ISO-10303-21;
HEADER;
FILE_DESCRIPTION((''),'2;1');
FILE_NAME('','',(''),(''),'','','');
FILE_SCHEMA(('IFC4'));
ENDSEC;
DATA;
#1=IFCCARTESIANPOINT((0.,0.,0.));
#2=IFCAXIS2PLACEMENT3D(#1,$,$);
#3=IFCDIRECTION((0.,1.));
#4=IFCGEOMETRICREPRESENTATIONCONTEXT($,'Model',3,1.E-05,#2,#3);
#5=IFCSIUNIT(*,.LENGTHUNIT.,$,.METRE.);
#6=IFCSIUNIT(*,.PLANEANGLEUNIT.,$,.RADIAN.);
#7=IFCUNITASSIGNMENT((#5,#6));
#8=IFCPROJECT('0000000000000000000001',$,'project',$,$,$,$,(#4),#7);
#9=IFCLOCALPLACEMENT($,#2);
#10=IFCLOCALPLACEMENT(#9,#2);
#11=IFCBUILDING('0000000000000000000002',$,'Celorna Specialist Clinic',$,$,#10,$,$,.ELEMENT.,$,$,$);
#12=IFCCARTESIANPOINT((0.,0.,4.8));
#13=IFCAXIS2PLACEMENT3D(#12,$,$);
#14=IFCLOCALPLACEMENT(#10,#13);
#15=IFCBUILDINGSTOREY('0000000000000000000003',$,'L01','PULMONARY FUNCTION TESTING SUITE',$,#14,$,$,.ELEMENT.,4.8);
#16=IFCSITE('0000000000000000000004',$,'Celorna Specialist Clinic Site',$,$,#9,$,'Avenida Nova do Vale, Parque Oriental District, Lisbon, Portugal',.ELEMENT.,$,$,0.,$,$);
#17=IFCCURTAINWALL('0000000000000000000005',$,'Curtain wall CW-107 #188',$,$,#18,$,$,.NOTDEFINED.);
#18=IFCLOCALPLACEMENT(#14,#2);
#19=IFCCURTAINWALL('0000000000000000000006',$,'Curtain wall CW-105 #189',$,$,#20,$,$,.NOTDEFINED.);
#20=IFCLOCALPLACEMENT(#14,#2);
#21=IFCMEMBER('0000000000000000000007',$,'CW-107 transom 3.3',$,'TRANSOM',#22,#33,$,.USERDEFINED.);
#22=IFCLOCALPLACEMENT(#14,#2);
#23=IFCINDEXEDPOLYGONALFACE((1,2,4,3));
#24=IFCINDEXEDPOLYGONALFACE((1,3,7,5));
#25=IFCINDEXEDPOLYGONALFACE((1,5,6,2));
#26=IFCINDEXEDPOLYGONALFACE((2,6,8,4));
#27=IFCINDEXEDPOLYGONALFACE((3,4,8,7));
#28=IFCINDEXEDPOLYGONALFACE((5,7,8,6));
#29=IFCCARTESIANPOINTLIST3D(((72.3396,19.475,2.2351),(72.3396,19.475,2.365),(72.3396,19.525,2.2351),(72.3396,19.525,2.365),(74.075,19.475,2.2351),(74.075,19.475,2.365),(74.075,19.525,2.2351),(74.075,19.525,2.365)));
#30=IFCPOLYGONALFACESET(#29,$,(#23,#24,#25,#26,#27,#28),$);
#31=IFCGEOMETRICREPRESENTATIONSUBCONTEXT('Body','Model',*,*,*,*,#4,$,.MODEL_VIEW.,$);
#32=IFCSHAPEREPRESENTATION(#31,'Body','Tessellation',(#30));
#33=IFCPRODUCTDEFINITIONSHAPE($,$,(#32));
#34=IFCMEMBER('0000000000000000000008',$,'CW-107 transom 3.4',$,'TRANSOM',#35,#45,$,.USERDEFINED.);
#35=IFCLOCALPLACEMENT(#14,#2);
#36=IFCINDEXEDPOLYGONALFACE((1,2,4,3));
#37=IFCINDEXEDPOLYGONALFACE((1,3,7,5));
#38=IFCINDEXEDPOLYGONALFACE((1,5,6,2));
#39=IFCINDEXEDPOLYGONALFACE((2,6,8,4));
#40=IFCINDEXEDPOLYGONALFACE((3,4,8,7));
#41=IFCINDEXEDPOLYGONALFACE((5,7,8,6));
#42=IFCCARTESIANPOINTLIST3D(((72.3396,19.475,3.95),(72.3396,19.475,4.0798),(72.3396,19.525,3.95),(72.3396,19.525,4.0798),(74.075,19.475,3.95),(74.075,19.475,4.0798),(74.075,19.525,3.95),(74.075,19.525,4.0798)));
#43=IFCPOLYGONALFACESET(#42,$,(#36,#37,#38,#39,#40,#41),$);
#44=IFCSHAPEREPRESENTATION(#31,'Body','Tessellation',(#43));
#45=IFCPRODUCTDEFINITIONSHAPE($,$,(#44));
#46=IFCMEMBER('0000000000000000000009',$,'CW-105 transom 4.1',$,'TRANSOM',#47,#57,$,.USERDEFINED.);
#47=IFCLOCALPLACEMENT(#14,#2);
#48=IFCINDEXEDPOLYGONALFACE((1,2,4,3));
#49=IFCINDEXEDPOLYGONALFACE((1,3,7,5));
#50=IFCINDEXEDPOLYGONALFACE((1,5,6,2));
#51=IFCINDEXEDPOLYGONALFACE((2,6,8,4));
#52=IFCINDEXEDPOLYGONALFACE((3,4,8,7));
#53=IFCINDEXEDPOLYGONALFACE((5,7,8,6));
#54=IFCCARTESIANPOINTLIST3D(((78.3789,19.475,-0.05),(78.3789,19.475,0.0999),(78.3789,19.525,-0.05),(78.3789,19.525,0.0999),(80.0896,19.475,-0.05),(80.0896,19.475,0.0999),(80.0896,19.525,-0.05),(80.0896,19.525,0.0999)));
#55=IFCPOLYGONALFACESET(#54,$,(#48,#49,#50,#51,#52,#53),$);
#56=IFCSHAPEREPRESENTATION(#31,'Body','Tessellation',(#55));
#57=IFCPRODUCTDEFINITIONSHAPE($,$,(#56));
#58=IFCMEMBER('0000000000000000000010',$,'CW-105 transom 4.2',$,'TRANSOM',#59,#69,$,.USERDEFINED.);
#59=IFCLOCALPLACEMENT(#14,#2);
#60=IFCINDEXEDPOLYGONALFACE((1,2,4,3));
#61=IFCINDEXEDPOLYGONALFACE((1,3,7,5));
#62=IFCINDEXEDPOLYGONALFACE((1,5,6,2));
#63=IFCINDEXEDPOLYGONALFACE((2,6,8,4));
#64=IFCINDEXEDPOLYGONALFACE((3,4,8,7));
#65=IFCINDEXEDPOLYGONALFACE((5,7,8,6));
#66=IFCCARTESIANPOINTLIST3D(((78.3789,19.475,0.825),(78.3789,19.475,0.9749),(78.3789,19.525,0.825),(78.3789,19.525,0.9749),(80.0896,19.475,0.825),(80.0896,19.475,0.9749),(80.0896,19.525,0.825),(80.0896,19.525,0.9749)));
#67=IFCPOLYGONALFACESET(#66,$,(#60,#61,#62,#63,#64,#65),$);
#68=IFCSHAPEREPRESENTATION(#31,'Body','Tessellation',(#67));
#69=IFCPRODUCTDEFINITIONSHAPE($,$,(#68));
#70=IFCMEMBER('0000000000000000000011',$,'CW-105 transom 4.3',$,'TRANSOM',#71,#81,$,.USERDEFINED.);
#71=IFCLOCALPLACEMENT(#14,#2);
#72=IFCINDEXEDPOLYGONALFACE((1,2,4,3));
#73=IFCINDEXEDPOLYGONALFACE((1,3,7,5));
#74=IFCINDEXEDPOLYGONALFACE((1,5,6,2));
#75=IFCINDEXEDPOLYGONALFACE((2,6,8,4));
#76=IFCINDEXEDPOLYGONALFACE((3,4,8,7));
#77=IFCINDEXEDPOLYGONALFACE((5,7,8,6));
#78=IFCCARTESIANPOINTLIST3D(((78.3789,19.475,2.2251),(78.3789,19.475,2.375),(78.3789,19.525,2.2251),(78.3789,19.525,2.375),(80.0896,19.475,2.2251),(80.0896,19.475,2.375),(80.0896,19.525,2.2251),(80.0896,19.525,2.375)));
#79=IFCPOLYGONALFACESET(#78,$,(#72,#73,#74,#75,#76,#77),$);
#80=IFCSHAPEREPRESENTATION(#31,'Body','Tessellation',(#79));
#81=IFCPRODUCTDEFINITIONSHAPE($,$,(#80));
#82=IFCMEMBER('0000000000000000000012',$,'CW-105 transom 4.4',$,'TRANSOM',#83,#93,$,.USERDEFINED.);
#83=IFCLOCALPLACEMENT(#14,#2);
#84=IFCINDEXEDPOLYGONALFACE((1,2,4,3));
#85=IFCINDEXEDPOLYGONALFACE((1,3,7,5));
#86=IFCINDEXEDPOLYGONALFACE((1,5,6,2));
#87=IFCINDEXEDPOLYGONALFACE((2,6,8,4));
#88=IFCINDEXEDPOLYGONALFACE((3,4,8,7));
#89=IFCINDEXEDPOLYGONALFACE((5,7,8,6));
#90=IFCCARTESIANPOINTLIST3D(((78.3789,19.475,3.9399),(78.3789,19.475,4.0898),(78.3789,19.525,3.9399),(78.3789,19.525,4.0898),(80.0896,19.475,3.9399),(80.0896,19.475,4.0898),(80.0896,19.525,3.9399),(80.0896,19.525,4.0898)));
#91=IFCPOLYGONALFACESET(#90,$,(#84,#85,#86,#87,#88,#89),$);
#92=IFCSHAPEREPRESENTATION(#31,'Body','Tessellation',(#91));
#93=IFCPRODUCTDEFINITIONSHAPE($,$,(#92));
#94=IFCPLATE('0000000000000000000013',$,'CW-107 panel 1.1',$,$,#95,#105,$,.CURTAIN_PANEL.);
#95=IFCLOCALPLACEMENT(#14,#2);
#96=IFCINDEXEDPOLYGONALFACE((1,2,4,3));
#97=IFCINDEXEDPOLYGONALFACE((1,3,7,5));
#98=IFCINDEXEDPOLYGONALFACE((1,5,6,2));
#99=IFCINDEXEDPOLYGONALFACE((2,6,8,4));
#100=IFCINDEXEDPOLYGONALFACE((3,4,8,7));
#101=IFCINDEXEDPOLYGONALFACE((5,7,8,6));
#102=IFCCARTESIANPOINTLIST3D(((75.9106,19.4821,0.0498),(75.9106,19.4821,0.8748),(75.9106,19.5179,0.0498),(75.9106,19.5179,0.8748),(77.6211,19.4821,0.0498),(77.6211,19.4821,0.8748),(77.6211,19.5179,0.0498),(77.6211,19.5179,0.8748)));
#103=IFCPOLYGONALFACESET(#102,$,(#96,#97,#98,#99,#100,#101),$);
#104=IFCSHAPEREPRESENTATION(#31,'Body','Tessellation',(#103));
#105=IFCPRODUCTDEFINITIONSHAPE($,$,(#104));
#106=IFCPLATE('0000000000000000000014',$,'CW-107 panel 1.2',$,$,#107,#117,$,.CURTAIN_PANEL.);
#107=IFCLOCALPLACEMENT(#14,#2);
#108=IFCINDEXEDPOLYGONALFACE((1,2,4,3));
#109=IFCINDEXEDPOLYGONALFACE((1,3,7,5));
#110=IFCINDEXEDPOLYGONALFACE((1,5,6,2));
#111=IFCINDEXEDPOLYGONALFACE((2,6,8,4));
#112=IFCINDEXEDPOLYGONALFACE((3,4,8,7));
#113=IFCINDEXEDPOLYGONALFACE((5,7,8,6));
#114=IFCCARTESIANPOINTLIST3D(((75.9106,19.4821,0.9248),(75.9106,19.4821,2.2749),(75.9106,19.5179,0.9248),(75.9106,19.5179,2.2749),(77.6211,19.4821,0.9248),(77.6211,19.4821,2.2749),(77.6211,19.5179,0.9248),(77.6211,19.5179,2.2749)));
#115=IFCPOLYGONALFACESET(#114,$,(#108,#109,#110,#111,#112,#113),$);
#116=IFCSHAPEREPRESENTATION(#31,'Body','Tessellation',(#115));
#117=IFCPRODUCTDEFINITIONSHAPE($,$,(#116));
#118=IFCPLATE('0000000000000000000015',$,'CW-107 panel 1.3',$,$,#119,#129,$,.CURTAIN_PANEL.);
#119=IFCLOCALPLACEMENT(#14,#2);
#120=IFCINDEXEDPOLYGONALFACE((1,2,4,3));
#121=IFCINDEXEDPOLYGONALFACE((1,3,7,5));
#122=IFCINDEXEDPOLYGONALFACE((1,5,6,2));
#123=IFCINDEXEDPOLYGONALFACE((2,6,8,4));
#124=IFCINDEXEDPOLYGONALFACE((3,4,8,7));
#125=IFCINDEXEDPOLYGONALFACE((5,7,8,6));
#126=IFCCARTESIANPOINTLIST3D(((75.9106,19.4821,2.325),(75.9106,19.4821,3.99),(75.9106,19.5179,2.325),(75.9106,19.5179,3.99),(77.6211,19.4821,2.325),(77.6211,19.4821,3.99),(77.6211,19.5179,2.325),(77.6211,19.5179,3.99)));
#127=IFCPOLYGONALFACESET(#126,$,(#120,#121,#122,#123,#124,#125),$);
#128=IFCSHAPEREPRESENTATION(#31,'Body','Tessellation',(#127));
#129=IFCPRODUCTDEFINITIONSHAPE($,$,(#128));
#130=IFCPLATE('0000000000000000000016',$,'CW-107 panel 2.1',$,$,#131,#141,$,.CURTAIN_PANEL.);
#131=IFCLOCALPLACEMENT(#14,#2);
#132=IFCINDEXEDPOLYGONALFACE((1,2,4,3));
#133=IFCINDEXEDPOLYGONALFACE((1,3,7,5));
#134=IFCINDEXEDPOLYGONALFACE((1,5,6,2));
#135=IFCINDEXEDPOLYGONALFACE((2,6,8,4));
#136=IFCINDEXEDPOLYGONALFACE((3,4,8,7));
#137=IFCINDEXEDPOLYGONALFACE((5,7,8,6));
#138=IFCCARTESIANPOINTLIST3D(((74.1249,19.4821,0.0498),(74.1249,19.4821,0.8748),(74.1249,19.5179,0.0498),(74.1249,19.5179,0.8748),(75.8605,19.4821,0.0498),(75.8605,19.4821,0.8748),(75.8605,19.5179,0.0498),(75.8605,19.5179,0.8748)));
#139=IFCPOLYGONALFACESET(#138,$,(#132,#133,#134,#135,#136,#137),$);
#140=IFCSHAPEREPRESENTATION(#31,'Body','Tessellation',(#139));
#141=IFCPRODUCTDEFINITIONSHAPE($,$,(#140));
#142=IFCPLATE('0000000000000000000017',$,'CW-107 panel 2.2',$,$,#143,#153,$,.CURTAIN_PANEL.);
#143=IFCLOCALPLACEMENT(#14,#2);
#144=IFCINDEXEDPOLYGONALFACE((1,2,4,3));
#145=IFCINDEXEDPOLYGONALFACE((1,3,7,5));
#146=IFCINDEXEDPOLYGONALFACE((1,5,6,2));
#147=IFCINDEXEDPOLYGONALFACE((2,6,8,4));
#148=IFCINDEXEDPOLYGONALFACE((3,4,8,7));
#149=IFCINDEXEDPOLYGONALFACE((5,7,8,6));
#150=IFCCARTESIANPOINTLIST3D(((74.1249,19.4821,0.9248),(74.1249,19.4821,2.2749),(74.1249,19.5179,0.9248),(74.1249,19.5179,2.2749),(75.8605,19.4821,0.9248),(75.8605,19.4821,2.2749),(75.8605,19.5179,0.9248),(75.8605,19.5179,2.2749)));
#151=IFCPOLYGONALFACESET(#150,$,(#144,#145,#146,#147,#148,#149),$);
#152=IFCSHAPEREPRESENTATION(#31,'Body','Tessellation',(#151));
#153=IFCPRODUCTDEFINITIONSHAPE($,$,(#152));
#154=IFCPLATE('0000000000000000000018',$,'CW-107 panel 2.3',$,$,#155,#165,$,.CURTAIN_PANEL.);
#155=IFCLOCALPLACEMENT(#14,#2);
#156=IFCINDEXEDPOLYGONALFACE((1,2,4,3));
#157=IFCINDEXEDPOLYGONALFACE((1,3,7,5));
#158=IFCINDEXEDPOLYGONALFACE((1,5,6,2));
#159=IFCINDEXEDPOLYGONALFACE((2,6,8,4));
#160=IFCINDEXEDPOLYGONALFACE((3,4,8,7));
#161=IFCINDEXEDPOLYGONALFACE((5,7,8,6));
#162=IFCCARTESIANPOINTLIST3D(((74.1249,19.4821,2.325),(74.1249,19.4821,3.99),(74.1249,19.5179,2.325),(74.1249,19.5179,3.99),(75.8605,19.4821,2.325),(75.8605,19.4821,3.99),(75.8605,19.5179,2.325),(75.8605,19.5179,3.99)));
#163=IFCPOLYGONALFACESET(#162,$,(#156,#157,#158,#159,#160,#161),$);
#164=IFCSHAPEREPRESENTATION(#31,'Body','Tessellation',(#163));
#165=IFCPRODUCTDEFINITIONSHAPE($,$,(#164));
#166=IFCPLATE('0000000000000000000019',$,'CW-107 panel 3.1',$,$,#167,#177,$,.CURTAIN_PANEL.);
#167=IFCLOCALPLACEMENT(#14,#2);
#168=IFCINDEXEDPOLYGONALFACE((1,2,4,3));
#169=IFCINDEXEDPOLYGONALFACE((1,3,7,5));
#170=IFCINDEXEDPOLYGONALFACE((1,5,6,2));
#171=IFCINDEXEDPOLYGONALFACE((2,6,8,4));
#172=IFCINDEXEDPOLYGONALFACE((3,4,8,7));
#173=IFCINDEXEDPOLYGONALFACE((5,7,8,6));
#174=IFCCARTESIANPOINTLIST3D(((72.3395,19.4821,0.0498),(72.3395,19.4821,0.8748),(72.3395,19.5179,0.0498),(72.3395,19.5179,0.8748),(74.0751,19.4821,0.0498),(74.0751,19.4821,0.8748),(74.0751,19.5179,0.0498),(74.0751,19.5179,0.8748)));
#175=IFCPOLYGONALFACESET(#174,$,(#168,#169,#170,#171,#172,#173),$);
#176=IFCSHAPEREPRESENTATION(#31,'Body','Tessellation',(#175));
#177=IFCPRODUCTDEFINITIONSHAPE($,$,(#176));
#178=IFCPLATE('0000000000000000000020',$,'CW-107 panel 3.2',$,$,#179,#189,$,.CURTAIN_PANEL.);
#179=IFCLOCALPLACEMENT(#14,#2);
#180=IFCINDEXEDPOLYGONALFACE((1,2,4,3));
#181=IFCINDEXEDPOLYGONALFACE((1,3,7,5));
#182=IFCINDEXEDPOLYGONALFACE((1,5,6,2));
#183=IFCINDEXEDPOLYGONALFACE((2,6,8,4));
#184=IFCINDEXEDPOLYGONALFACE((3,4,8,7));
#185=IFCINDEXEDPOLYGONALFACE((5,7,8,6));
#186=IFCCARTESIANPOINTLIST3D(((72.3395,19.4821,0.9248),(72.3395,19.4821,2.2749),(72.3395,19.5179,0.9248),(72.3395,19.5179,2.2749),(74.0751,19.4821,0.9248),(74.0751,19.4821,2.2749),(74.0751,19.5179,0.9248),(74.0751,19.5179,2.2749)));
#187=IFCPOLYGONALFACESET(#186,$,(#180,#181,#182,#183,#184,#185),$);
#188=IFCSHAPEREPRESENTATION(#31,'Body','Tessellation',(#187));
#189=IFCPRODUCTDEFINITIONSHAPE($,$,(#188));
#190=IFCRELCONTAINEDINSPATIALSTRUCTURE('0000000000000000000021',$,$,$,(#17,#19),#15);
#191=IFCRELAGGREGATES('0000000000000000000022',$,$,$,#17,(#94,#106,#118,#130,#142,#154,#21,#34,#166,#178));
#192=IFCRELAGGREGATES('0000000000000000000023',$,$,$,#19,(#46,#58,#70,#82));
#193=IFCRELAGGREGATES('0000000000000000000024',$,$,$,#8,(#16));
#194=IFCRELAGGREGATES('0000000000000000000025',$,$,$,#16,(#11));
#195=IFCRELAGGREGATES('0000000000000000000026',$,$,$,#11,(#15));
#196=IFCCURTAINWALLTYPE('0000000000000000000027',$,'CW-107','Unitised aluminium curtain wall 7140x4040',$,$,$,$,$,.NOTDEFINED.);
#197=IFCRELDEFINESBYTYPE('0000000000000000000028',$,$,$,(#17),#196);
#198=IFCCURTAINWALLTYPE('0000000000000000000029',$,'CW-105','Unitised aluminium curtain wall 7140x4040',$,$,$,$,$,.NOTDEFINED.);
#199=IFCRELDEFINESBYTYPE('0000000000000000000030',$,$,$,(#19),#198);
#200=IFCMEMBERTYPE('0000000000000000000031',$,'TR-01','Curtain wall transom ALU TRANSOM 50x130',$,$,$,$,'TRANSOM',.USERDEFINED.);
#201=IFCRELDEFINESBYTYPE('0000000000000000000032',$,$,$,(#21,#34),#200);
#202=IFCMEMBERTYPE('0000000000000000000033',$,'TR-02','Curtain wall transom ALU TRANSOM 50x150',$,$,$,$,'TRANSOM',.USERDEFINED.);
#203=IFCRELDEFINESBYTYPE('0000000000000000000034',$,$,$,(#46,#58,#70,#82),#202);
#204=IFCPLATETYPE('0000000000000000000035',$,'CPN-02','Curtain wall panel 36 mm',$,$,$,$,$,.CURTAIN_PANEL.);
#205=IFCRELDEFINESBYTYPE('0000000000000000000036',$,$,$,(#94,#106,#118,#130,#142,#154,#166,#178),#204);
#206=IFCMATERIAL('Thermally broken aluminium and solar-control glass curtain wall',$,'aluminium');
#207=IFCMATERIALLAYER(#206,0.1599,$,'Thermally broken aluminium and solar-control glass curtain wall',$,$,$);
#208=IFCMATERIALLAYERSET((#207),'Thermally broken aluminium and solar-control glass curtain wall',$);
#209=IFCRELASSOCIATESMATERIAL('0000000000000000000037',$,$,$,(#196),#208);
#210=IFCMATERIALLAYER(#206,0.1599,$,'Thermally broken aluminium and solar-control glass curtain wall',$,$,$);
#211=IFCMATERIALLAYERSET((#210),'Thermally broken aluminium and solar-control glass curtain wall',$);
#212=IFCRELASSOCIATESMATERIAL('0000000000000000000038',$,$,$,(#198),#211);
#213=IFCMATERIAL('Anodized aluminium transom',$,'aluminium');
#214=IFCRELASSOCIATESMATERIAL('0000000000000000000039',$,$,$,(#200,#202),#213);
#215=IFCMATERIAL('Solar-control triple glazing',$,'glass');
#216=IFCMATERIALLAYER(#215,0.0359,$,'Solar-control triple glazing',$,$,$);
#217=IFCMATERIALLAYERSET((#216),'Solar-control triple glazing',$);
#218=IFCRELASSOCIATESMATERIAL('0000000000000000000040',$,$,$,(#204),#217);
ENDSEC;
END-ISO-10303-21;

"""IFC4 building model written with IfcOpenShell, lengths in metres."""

from ifc_helpers import new_model, si_unit, direction, frame, origin, origin_2d, place, context, subcontext, project, spatial, rectangle, extrude, material, layer, layer_set, material_profile, profile_set, type_object, element, aggregate, save


model = new_model("IFC4")

# Units and contexts
model_context = context("Model", 3, precision=1e-05, world=origin(), true_north=direction((0.0, 1.0)))
body_context = subcontext(model_context, "Body", "Model", "MODEL_VIEW")
ifc_project = project(units=[si_unit("LENGTHUNIT", "METRE"), si_unit("PLANEANGLEUNIT", "RADIAN")], contexts=[model_context])

# Site, building, storey
site_placement = place(None, origin())
site = spatial("IfcSite", under=ifc_project, at=site_placement, Name="Celorna Specialist Clinic Site", LongName="Avenida Nova do Vale, Parque Oriental District, Lisbon, Portugal", CompositionType="ELEMENT", RefElevation=0.0)
building_placement = place(site_placement, origin())
building = spatial("IfcBuilding", under=site, at=building_placement, Name="Celorna Specialist Clinic", CompositionType="ELEMENT")
storey_placement = place(building_placement, frame((0.0, 0.0, 4.8)))
storey = spatial("IfcBuildingStorey", under=building, at=storey_placement, Name="L01", Description="PULMONARY FUNCTION TESTING SUITE", CompositionType="ELEMENT", Elevation=4.8)

# Curtain wall
ifc_material_1 = material(Name="Thermally broken aluminium and solar-control glass curtain wall", Category="aluminium")
ifc_layer_1 = layer(ifc_material_1, 0.1599, Name="Thermally broken aluminium and solar-control glass curtain wall")
ifc_layer_set_1 = layer_set([ifc_layer_1], Name="Thermally broken aluminium and solar-control glass curtain wall")
curtain_wall_type_1 = type_object("IfcCurtainWallType", Name="CW-107", Description="Unitised aluminium curtain wall 7140x4040", PredefinedType="NOTDEFINED", material=ifc_layer_set_1)
curtain_wall_1_placement = place(storey_placement, origin())
curtain_wall_1 = element("IfcCurtainWall", 1, at=curtain_wall_1_placement, inside=storey, type_object=curtain_wall_type_1, Name="Curtain wall CW-107 #188", PredefinedType="NOTDEFINED")

# Curtain wall
ifc_layer_2 = layer(ifc_material_1, 0.1599, Name="Thermally broken aluminium and solar-control glass curtain wall")
ifc_layer_set_2 = layer_set([ifc_layer_2], Name="Thermally broken aluminium and solar-control glass curtain wall")
curtain_wall_type_2 = type_object("IfcCurtainWallType", Name="CW-105", Description="Unitised aluminium curtain wall 7140x4040", PredefinedType="NOTDEFINED", material=ifc_layer_set_2)
curtain_wall_2_placement = place(storey_placement, origin())
curtain_wall_2 = element("IfcCurtainWall", 2, at=curtain_wall_2_placement, inside=storey, type_object=curtain_wall_type_2, Name="Curtain wall CW-105 #189", PredefinedType="NOTDEFINED")

# Members
ifc_material_2 = material(Name="Anodized aluminium transom", Category="aluminium")
ifc_material_profile_1 = material_profile(ifc_material_2, rectangle(XDim=0.05, YDim=0.1299, at=origin_2d()), Name="ALU TRANSOM 50x130")
ifc_profile_set_1 = profile_set([ifc_material_profile_1], Name="Anodized aluminium transom")
member_type_1 = type_object("IfcMemberType", Name="TR-01", Description="Curtain wall transom ALU TRANSOM 50x130", ElementType="TRANSOM", PredefinedType="USERDEFINED", material=ifc_profile_set_1)
member_1_placement = place(storey_placement, frame((74.075, 19.5, 2.3), z_axis=(-1.0, 0.0, 0.0), x_axis=(0.0, -1.0, 0.0)))
member_1 = element("IfcMember", 3, at=member_1_placement, type_object=member_type_1, Name="CW-107 transom 3.3", ObjectType="TRANSOM", PredefinedType="USERDEFINED", context=body_context, shape_type="SweptSolid", body=[
    extrude(rectangle(XDim=0.05, YDim=0.1299, at=origin_2d()), origin(), (0.0, 0.0, 1.0), 1.7354),
])
member_2_placement = place(storey_placement, frame((74.075, 19.5, 4.0149), z_axis=(-1.0, 0.0, 0.0), x_axis=(0.0, -1.0, 0.0)))
member_2 = element("IfcMember", 4, at=member_2_placement, type_object=member_type_1, Name="CW-107 transom 3.4", ObjectType="TRANSOM", PredefinedType="USERDEFINED", context=body_context, shape_type="SweptSolid", body=[
    extrude(rectangle(XDim=0.05, YDim=0.1299, at=origin_2d()), origin(), (0.0, 0.0, 1.0), 1.7354),
])
ifc_material_profile_2 = material_profile(ifc_material_2, rectangle(XDim=0.05, YDim=0.1499, at=origin_2d()), Name="ALU TRANSOM 50x150")
ifc_profile_set_2 = profile_set([ifc_material_profile_2], Name="Anodized aluminium transom")
member_type_2 = type_object("IfcMemberType", Name="TR-02", Description="Curtain wall transom ALU TRANSOM 50x150", ElementType="TRANSOM", PredefinedType="USERDEFINED", material=ifc_profile_set_2)
member_3_placement = place(storey_placement, frame((80.0896, 19.5, 0.0249), z_axis=(-1.0, 0.0, 0.0), x_axis=(0.0, -1.0, 0.0)))
member_3 = element("IfcMember", 5, at=member_3_placement, type_object=member_type_2, Name="CW-105 transom 4.1", ObjectType="TRANSOM", PredefinedType="USERDEFINED", context=body_context, shape_type="SweptSolid", body=[
    extrude(rectangle(XDim=0.05, YDim=0.1499, at=origin_2d()), origin(), (0.0, 0.0, 1.0), 1.7107),
])
member_4_placement = place(storey_placement, frame((80.0896, 19.5, 0.8999), z_axis=(-1.0, 0.0, 0.0), x_axis=(0.0, -1.0, 0.0)))
member_4 = element("IfcMember", 6, at=member_4_placement, type_object=member_type_2, Name="CW-105 transom 4.2", ObjectType="TRANSOM", PredefinedType="USERDEFINED", context=body_context, shape_type="SweptSolid", body=[
    extrude(rectangle(XDim=0.05, YDim=0.1499, at=origin_2d()), origin(), (0.0, 0.0, 1.0), 1.7107),
])
member_5_placement = place(storey_placement, frame((80.0896, 19.5, 2.3), z_axis=(-1.0, 0.0, 0.0), x_axis=(0.0, -1.0, 0.0)))
member_5 = element("IfcMember", 7, at=member_5_placement, type_object=member_type_2, Name="CW-105 transom 4.3", ObjectType="TRANSOM", PredefinedType="USERDEFINED", context=body_context, shape_type="SweptSolid", body=[
    extrude(rectangle(XDim=0.05, YDim=0.1499, at=origin_2d()), origin(), (0.0, 0.0, 1.0), 1.7107),
])
member_6_placement = place(storey_placement, frame((80.0896, 19.5, 4.0149), z_axis=(-1.0, 0.0, 0.0), x_axis=(0.0, -1.0, 0.0)))
member_6 = element("IfcMember", 8, at=member_6_placement, type_object=member_type_2, Name="CW-105 transom 4.4", ObjectType="TRANSOM", PredefinedType="USERDEFINED", context=body_context, shape_type="SweptSolid", body=[
    extrude(rectangle(XDim=0.05, YDim=0.1499, at=origin_2d()), origin(), (0.0, 0.0, 1.0), 1.7107),
])

# Plates
ifc_material_3 = material(Name="Solar-control triple glazing", Category="glass")
ifc_layer_3 = layer(ifc_material_3, 0.0359, Name="Solar-control triple glazing")
ifc_layer_set_3 = layer_set([ifc_layer_3], Name="Solar-control triple glazing")
plate_type_1 = type_object("IfcPlateType", Name="CPN-02", Description="Curtain wall panel 36 mm", PredefinedType="CURTAIN_PANEL", material=ifc_layer_set_3)
plate_1_placement = place(storey_placement, frame((76.7659, 19.5, 0.0498), z_axis=(0.0, 0.0, 1.0), x_axis=(-1.0, 0.0, 0.0)))
plate_1 = element("IfcPlate", 9, at=plate_1_placement, type_object=plate_type_1, Name="CW-107 panel 1.1", PredefinedType="CURTAIN_PANEL", context=body_context, shape_type="SweptSolid", body=[
    extrude(rectangle(XDim=1.7104, YDim=0.0359, at=origin_2d()), origin(), (0.0, 0.0, 1.0), 0.825),
])
plate_2_placement = place(storey_placement, frame((76.7659, 19.5, 0.9248), z_axis=(0.0, 0.0, 1.0), x_axis=(-1.0, 0.0, 0.0)))
plate_2 = element("IfcPlate", 10, at=plate_2_placement, type_object=plate_type_1, Name="CW-107 panel 1.2", PredefinedType="CURTAIN_PANEL", context=body_context, shape_type="SweptSolid", body=[
    extrude(rectangle(XDim=1.7104, YDim=0.0359, at=origin_2d()), origin(), (0.0, 0.0, 1.0), 1.3501),
])
plate_3_placement = place(storey_placement, frame((76.7659, 19.5, 2.325), z_axis=(0.0, 0.0, 1.0), x_axis=(-1.0, 0.0, 0.0)))
plate_3 = element("IfcPlate", 11, at=plate_3_placement, type_object=plate_type_1, Name="CW-107 panel 1.3", PredefinedType="CURTAIN_PANEL", context=body_context, shape_type="SweptSolid", body=[
    extrude(rectangle(XDim=1.7104, YDim=0.0359, at=origin_2d()), origin(), (0.0, 0.0, 1.0), 1.665),
])
plate_4_placement = place(storey_placement, frame((74.9927, 19.5, 0.0498), z_axis=(0.0, 0.0, 1.0), x_axis=(-1.0, 0.0, 0.0)))
plate_4 = element("IfcPlate", 12, at=plate_4_placement, type_object=plate_type_1, Name="CW-107 panel 2.1", PredefinedType="CURTAIN_PANEL", context=body_context, shape_type="SweptSolid", body=[
    extrude(rectangle(XDim=1.7356, YDim=0.0359, at=origin_2d()), origin(), (0.0, 0.0, 1.0), 0.825),
])
plate_5_placement = place(storey_placement, frame((74.9927, 19.5, 0.9248), z_axis=(0.0, 0.0, 1.0), x_axis=(-1.0, 0.0, 0.0)))
plate_5 = element("IfcPlate", 13, at=plate_5_placement, type_object=plate_type_1, Name="CW-107 panel 2.2", PredefinedType="CURTAIN_PANEL", context=body_context, shape_type="SweptSolid", body=[
    extrude(rectangle(XDim=1.7356, YDim=0.0359, at=origin_2d()), origin(), (0.0, 0.0, 1.0), 1.3501),
])
plate_6_placement = place(storey_placement, frame((74.9927, 19.5, 2.325), z_axis=(0.0, 0.0, 1.0), x_axis=(-1.0, 0.0, 0.0)))
plate_6 = element("IfcPlate", 14, at=plate_6_placement, type_object=plate_type_1, Name="CW-107 panel 2.3", PredefinedType="CURTAIN_PANEL", context=body_context, shape_type="SweptSolid", body=[
    extrude(rectangle(XDim=1.7356, YDim=0.0359, at=origin_2d()), origin(), (0.0, 0.0, 1.0), 1.665),
])
plate_7_placement = place(storey_placement, frame((73.2073, 19.5, 0.0498), z_axis=(0.0, 0.0, 1.0), x_axis=(-1.0, 0.0, 0.0)))
plate_7 = element("IfcPlate", 15, at=plate_7_placement, type_object=plate_type_1, Name="CW-107 panel 3.1", PredefinedType="CURTAIN_PANEL", context=body_context, shape_type="SweptSolid", body=[
    extrude(rectangle(XDim=1.7356, YDim=0.0359, at=origin_2d()), origin(), (0.0, 0.0, 1.0), 0.825),
])
plate_8_placement = place(storey_placement, frame((73.2073, 19.5, 0.9248), z_axis=(0.0, 0.0, 1.0), x_axis=(-1.0, 0.0, 0.0)))
plate_8 = element("IfcPlate", 16, at=plate_8_placement, type_object=plate_type_1, Name="CW-107 panel 3.2", PredefinedType="CURTAIN_PANEL", context=body_context, shape_type="SweptSolid", body=[
    extrude(rectangle(XDim=1.7356, YDim=0.0359, at=origin_2d()), origin(), (0.0, 0.0, 1.0), 1.3501),
])
aggregate(curtain_wall_1, [plate_1, plate_2, plate_3, plate_4, plate_5, plate_6, member_1, member_2, plate_7, plate_8])
aggregate(curtain_wall_2, [member_3, member_4, member_5, member_6])

save(model, "model.ifc")
